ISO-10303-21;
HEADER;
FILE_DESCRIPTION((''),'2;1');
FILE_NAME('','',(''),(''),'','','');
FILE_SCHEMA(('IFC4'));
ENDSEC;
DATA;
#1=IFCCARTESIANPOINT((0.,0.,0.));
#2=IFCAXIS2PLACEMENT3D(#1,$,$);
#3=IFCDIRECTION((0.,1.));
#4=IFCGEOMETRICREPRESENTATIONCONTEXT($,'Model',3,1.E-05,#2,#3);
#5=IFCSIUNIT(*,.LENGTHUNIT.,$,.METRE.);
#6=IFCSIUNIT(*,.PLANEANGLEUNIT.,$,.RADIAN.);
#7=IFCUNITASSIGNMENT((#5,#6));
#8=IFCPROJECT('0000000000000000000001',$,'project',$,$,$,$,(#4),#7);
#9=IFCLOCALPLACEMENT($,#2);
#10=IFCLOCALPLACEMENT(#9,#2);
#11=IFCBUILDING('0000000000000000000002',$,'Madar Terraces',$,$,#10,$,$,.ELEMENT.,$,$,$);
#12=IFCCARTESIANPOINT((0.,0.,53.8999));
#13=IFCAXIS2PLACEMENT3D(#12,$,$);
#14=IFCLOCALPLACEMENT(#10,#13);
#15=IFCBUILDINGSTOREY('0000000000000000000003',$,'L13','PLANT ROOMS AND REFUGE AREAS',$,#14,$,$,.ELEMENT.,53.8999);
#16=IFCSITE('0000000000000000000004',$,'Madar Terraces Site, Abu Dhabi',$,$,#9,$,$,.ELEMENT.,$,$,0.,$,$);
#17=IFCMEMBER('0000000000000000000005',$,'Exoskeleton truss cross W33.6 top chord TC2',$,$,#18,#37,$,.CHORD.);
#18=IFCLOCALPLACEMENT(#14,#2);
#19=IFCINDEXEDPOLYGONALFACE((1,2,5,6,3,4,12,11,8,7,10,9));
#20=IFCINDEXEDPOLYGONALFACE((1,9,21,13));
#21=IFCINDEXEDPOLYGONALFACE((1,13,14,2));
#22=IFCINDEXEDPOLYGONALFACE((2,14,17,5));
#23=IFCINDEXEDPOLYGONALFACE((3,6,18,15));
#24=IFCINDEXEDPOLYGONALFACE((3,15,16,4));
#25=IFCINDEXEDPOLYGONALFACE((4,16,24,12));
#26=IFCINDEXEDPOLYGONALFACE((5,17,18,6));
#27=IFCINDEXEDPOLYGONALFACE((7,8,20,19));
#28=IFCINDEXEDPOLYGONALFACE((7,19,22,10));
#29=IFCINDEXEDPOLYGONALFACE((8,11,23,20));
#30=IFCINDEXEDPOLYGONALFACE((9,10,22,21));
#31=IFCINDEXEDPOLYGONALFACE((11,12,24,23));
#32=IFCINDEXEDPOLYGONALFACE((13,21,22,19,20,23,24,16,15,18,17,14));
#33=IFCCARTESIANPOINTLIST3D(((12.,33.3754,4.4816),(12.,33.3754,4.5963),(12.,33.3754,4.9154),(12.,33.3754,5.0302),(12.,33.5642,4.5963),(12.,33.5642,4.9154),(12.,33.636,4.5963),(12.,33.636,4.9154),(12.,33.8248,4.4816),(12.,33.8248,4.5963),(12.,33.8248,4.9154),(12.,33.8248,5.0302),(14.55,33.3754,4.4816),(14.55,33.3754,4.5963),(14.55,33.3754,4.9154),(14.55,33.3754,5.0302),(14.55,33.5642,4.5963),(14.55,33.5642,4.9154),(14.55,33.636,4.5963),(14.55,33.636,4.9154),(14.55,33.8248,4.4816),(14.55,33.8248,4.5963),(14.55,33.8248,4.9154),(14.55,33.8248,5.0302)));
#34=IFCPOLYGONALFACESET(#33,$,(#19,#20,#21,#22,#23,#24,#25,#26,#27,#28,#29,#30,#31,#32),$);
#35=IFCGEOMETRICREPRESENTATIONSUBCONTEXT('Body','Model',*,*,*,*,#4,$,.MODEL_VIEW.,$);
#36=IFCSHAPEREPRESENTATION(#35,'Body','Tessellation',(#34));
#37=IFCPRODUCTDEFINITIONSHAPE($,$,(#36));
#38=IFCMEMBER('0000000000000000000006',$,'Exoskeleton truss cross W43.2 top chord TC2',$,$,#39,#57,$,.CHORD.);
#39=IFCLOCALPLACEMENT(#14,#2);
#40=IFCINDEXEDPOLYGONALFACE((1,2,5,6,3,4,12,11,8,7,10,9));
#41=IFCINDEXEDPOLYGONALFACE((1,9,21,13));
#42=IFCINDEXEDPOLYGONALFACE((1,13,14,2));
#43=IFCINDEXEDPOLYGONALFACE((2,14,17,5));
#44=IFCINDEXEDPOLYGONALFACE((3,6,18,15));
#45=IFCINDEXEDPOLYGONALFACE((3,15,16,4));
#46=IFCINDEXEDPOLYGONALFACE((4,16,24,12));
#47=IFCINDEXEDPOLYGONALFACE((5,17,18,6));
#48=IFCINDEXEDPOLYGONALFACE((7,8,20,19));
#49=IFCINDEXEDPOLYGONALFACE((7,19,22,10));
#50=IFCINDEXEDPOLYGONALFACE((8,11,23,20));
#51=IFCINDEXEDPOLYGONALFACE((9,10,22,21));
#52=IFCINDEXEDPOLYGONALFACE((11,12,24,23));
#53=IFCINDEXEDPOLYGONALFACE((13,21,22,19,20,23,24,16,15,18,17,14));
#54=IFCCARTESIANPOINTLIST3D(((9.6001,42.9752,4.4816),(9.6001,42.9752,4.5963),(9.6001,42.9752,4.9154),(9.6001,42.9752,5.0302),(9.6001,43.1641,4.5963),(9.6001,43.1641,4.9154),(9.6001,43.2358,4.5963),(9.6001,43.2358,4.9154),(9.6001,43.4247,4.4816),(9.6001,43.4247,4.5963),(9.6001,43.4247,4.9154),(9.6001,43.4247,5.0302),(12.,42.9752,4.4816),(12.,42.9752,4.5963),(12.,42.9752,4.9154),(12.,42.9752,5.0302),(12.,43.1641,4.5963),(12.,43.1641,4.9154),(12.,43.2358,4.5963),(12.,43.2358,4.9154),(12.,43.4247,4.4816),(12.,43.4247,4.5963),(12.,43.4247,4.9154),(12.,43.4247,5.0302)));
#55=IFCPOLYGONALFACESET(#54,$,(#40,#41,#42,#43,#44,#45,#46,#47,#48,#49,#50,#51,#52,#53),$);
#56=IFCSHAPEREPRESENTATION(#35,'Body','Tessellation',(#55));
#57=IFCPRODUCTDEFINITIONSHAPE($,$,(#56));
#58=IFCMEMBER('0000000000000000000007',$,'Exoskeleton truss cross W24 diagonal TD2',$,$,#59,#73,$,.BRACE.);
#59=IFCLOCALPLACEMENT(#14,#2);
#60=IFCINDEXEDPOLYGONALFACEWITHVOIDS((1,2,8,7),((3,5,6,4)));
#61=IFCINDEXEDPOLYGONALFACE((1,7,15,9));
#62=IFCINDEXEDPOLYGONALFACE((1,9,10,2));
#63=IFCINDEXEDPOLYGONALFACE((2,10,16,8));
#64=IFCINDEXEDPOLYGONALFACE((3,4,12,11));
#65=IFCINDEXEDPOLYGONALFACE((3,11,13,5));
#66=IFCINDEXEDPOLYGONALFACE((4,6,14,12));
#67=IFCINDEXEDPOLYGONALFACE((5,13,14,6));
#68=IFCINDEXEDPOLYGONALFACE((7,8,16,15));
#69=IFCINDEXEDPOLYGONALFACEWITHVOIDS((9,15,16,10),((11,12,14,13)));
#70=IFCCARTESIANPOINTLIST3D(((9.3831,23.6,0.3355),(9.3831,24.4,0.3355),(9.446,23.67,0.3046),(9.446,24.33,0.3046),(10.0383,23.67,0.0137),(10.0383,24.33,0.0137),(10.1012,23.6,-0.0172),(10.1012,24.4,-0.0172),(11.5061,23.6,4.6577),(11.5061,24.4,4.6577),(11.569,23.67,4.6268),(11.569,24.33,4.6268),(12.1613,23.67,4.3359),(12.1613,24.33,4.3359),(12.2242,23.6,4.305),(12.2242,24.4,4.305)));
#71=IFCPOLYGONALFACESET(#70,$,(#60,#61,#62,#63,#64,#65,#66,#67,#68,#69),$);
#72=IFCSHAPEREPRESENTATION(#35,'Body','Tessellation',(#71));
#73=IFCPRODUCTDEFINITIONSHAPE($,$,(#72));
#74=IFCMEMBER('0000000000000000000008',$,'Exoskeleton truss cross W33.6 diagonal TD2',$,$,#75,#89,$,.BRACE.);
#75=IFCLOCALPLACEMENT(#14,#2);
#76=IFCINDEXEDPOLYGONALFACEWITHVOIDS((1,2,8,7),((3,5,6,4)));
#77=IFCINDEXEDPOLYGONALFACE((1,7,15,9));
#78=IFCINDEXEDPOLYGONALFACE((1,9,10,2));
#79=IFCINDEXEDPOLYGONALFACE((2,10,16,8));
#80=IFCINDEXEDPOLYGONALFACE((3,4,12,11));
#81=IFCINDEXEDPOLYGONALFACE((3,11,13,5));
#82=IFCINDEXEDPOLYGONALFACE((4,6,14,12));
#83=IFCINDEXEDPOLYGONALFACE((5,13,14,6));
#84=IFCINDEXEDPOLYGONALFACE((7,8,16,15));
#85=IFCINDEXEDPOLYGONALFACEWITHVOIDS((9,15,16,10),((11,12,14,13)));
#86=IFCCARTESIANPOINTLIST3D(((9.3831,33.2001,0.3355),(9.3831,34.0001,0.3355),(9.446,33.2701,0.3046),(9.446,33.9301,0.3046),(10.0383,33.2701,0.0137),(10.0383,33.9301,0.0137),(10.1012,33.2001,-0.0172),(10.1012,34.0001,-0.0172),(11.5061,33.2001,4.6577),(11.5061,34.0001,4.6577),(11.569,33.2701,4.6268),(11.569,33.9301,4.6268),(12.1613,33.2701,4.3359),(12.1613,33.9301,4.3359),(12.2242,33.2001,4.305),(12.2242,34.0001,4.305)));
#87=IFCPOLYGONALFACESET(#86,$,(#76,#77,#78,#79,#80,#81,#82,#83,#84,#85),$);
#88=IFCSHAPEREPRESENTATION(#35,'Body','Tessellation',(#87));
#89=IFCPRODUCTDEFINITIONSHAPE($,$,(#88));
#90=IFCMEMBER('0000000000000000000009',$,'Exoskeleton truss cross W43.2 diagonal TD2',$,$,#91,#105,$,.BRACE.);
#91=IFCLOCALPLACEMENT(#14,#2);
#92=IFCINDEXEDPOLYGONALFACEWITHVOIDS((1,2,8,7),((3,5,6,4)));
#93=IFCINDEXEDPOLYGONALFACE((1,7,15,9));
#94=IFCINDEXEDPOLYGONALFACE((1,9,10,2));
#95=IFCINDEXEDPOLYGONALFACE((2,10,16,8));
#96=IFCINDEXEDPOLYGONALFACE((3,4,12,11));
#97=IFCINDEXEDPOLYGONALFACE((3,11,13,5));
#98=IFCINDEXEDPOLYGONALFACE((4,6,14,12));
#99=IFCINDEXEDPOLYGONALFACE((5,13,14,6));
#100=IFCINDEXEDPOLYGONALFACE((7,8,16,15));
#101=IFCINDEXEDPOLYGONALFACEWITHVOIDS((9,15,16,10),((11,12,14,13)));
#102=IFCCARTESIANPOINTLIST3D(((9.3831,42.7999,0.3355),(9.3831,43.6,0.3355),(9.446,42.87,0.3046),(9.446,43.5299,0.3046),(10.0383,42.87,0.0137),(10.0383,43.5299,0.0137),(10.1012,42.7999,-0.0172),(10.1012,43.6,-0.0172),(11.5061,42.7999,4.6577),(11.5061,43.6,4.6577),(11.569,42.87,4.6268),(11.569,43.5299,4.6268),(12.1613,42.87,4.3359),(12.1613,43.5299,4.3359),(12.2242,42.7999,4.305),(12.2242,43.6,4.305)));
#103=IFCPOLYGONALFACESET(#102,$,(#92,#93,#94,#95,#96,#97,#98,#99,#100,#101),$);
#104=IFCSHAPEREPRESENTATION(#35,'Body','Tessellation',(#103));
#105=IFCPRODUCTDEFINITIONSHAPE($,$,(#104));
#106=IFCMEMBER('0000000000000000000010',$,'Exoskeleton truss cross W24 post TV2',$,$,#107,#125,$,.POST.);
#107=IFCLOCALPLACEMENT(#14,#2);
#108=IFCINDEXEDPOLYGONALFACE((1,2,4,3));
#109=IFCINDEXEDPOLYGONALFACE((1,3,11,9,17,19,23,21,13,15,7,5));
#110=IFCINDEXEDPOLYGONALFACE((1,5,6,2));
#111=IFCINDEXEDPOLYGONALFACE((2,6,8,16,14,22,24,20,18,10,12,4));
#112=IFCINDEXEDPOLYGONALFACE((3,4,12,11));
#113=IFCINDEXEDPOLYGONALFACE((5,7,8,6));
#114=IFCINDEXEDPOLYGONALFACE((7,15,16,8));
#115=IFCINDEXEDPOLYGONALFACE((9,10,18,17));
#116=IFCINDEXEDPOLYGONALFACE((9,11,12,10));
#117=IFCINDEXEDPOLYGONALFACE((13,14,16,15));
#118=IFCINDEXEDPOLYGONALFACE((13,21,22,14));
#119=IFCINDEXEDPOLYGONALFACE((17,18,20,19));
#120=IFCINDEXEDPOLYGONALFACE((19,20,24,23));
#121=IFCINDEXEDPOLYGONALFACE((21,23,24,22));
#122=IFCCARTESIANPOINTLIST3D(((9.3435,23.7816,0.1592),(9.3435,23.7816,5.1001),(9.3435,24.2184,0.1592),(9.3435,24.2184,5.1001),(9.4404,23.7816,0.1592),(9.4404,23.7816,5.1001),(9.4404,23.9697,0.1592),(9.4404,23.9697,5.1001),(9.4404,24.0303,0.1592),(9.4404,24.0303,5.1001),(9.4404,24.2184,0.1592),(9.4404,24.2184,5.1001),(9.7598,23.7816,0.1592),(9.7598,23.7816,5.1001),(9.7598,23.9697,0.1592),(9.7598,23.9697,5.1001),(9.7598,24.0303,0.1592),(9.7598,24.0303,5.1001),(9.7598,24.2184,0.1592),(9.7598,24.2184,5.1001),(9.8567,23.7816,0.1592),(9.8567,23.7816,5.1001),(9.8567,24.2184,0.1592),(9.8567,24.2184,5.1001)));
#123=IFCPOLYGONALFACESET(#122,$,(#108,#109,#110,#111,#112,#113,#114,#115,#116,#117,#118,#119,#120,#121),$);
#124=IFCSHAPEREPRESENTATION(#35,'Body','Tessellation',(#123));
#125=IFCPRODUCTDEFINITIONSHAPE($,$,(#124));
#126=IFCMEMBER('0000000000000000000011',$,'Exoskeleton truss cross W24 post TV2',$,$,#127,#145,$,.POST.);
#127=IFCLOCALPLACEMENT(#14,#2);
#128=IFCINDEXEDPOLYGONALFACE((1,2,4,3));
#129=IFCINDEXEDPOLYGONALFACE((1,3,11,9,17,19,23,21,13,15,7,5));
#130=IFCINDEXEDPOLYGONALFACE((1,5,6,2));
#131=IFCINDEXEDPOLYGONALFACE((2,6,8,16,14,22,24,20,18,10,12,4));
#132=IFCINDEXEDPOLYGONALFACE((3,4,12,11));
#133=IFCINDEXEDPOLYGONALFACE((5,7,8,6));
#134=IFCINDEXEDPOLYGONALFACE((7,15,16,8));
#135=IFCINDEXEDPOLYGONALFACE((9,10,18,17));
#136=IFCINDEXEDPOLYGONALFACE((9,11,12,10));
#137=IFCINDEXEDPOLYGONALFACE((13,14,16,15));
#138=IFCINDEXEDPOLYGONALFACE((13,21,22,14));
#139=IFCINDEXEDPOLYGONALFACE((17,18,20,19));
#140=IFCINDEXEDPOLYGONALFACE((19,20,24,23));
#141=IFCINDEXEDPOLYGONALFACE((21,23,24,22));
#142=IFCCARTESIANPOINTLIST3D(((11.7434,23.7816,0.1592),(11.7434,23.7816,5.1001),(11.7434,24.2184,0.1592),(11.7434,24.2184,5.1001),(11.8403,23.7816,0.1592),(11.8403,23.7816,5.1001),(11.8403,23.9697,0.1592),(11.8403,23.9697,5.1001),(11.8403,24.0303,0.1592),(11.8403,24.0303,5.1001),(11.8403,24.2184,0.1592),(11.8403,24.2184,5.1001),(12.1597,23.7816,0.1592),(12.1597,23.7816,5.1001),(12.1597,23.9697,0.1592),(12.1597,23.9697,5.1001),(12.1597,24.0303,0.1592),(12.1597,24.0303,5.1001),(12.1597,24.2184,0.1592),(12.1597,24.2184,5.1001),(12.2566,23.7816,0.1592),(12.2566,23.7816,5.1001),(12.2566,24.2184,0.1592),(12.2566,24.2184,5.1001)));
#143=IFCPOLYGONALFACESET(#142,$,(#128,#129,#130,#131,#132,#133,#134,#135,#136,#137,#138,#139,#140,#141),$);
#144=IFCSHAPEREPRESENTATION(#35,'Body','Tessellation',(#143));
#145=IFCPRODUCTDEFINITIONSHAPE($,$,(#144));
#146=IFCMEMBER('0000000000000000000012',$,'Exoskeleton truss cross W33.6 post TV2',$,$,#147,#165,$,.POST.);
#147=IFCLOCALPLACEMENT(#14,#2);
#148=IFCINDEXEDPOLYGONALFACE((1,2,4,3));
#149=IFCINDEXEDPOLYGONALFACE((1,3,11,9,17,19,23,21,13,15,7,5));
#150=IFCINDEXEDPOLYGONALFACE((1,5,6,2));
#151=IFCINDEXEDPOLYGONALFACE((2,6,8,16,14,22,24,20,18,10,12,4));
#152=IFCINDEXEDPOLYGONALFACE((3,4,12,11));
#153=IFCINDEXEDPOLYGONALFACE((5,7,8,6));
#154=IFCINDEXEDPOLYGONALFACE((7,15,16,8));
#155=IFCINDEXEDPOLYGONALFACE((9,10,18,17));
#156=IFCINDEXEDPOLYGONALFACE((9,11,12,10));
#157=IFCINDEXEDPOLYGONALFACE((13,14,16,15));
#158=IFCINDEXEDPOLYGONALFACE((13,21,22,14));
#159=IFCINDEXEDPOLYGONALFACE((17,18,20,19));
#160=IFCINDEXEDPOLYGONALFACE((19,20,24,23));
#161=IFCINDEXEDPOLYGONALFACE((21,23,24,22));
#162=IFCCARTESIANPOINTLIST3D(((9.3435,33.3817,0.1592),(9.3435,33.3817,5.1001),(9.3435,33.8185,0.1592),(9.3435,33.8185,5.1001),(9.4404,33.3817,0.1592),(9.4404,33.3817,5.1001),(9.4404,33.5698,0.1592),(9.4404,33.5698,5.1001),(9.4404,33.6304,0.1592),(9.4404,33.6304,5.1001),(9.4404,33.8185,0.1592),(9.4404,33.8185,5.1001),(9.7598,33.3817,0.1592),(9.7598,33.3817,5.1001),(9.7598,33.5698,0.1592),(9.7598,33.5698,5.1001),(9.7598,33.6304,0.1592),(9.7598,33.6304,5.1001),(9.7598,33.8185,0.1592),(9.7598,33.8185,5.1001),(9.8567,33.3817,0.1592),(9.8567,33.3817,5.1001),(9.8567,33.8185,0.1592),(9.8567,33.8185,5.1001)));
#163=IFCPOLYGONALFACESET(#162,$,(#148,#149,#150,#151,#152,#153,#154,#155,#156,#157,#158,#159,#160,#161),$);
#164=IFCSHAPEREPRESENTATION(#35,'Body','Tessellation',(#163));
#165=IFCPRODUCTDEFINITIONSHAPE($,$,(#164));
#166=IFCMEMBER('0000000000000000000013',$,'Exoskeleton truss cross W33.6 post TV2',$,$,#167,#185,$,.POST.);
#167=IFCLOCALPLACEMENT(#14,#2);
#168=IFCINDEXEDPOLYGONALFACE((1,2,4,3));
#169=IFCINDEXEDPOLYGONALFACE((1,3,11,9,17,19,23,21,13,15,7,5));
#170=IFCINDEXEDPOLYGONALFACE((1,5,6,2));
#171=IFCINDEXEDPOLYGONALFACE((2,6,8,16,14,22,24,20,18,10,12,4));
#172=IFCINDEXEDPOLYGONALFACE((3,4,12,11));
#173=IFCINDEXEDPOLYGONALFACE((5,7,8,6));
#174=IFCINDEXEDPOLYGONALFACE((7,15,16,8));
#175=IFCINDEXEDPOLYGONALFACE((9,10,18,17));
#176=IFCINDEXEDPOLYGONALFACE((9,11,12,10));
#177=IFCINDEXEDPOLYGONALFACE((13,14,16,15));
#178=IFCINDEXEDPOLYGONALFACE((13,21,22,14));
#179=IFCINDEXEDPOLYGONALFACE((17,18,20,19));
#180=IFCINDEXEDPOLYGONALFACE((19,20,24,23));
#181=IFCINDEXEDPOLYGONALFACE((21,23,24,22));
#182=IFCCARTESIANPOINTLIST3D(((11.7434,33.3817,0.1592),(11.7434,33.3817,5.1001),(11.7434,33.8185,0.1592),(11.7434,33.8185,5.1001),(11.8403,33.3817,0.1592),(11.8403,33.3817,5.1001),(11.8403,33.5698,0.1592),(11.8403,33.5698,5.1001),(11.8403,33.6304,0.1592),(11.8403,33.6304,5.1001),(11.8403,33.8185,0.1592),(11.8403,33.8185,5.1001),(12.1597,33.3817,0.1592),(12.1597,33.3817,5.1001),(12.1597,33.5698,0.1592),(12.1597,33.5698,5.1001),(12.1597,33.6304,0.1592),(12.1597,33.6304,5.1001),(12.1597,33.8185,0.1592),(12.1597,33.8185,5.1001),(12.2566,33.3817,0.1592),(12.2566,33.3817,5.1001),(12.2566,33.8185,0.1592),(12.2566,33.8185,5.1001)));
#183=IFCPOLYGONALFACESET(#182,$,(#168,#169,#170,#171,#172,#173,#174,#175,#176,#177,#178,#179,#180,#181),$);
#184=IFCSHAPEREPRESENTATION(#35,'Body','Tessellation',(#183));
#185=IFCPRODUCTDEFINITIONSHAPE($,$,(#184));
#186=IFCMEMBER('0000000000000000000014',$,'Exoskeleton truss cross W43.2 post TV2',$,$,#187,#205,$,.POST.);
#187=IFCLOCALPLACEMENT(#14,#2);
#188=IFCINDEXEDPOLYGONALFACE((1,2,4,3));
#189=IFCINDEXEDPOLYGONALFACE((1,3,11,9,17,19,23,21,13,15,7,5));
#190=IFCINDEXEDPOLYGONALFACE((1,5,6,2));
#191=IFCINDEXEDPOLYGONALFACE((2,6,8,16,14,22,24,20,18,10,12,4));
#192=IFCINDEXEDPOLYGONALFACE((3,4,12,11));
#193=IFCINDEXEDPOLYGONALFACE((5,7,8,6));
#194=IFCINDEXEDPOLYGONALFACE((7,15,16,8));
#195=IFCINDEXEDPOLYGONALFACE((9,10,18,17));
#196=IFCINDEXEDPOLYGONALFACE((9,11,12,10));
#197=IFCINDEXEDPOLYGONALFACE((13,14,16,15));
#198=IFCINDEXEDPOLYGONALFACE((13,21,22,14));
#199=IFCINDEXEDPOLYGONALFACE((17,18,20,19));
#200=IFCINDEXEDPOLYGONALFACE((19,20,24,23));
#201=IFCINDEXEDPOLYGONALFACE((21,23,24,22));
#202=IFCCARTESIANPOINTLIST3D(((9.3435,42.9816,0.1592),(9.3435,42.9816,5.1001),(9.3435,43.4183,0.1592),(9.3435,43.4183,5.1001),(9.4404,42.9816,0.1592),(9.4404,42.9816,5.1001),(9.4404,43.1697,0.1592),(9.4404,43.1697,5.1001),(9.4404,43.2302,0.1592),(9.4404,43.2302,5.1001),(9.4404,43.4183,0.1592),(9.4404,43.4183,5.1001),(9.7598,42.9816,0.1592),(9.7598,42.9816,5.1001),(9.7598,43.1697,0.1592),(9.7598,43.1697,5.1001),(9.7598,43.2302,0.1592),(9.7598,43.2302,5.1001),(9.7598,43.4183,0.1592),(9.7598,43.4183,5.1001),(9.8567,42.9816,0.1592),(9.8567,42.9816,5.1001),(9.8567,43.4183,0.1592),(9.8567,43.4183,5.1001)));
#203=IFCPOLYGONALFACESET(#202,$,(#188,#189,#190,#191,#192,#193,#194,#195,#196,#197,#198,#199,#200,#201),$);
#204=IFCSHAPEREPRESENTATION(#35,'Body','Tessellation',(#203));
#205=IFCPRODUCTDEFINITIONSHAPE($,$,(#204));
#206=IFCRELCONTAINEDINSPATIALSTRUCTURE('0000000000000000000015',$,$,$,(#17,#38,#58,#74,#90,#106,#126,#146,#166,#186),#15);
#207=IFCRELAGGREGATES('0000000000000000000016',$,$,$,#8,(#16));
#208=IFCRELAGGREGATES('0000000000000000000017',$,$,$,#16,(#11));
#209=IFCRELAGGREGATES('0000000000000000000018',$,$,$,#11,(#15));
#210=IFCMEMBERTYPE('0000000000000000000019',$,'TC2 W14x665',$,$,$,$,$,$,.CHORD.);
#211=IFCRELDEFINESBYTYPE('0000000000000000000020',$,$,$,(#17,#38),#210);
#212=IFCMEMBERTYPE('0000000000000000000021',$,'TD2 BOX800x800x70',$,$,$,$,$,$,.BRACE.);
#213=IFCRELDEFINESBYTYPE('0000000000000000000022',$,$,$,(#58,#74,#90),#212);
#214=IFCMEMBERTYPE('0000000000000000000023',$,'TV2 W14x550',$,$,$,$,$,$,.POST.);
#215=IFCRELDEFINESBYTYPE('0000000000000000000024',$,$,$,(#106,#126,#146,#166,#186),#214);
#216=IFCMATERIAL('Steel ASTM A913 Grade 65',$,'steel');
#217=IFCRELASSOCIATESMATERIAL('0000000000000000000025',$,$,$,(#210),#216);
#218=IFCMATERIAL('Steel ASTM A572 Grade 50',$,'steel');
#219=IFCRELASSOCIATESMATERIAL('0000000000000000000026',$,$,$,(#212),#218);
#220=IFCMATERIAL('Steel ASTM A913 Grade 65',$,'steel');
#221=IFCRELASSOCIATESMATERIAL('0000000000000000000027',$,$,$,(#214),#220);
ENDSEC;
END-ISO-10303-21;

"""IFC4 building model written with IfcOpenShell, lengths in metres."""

from ifc_helpers import new_model, si_unit, direction, frame, origin, origin_2d, place, context, subcontext, project, spatial, hollow_rectangle, i_section, extrude, material, material_profile, profile_set, type_object, element, save


model = new_model("IFC4")

# Units and contexts
model_context = context("Model", 3, precision=1e-05, world=origin(), true_north=direction((0.0, 1.0)))
body_context = subcontext(model_context, "Body", "Model", "MODEL_VIEW")
ifc_project = project(units=[si_unit("LENGTHUNIT", "METRE"), si_unit("PLANEANGLEUNIT", "RADIAN")], contexts=[model_context])

# Site, building, storey
site_placement = place(None, origin())
site = spatial("IfcSite", under=ifc_project, at=site_placement, Name="Madar Terraces Site, Abu Dhabi", CompositionType="ELEMENT", RefElevation=0.0)
building_placement = place(site_placement, origin())
building = spatial("IfcBuilding", under=site, at=building_placement, Name="Madar Terraces", CompositionType="ELEMENT")
storey_placement = place(building_placement, frame((0.0, 0.0, 53.8999)))
storey = spatial("IfcBuildingStorey", under=building, at=storey_placement, Name="L13", Description="PLANT ROOMS AND REFUGE AREAS", CompositionType="ELEMENT", Elevation=53.8999)

# Members
ifc_material_1 = material(Name="Steel ASTM A913 Grade 65", Category="steel")
ifc_material_profile_1 = material_profile(ifc_material_1, i_section(OverallWidth=0.4495, OverallDepth=0.5486, WebThickness=0.0718, FlangeThickness=0.1147, at=origin_2d()), Name="W14x665")
ifc_profile_set_1 = profile_set([ifc_material_profile_1], Name="Steel ASTM A913 Grade 65")
member_type_1 = type_object("IfcMemberType", Name="TC2 W14x665", PredefinedType="CHORD", material=ifc_profile_set_1)
member_1_placement = place(storey_placement, frame((12.0, 33.6001, 4.7559), z_axis=(1.0, 0.0, 0.0), x_axis=(0.0, 1.0, 0.0)))
element("IfcMember", 1, at=member_1_placement, inside=storey, type_object=member_type_1, Name="Exoskeleton truss cross W33.6 top chord TC2", PredefinedType="CHORD", context=body_context, shape_type="SweptSolid", body=[
    extrude(i_section(OverallWidth=0.4495, OverallDepth=0.5486, WebThickness=0.0718, FlangeThickness=0.1147, at=origin_2d()), origin(), (0.0, 0.0, 1.0), 2.55),
])
member_2_placement = place(storey_placement, frame((9.6001, 43.2, 4.7559), z_axis=(1.0, 0.0, 0.0), x_axis=(0.0, 1.0, 0.0)))
element("IfcMember", 2, at=member_2_placement, inside=storey, type_object=member_type_1, Name="Exoskeleton truss cross W43.2 top chord TC2", PredefinedType="CHORD", context=body_context, shape_type="SweptSolid", body=[
    extrude(i_section(OverallWidth=0.4495, OverallDepth=0.5486, WebThickness=0.0718, FlangeThickness=0.1147, at=origin_2d()), origin(), (0.0, 0.0, 1.0), 2.3999),
])
ifc_material_2 = material(Name="Steel ASTM A572 Grade 50", Category="steel")
ifc_material_profile_2 = material_profile(ifc_material_2, hollow_rectangle(XDim=0.8, YDim=0.8, WallThickness=0.0701, at=origin_2d()), Name="BOX800x800x70")
ifc_profile_set_2 = profile_set([ifc_material_profile_2], Name="Steel ASTM A572 Grade 50")
member_type_2 = type_object("IfcMemberType", Name="TD2 BOX800x800x70", PredefinedType="BRACE", material=ifc_profile_set_2)
for number, where, z_axis, x_axis, name in (
    (3, (9.7422, 24.0, 0.1592), (0.440875, 0.0, 0.897568), (0.0, 1.0, 0.0), "Exoskeleton truss cross W24 diagonal TD2"),
    (4, (9.7422, 33.6001, 0.1592), (0.440875, 0.0, 0.897568), (0.0, 1.0, 0.0), "Exoskeleton truss cross W33.6 diagonal TD2"),
    (5, (9.7422, 43.2, 0.1592), (0.440875, 0.0, 0.897568), (0.0, 1.0, 0.0), "Exoskeleton truss cross W43.2 diagonal TD2"),
):
    element("IfcMember", number, at=place(storey_placement, frame(where, z_axis=z_axis, x_axis=x_axis)), inside=storey, type_object=member_type_2, Name=name, PredefinedType="BRACE", context=body_context, shape_type="SweptSolid", body=[
        extrude(hollow_rectangle(XDim=0.8, YDim=0.8, WallThickness=0.0701, at=origin_2d()), origin(), (0.0, 0.0, 1.0), 4.8154),
    ])
ifc_material_3 = material(Name="Steel ASTM A913 Grade 65", Category="steel")
ifc_material_profile_3 = material_profile(ifc_material_3, i_section(OverallWidth=0.4368, OverallDepth=0.5132, WebThickness=0.0605, FlangeThickness=0.0969, at=origin_2d()), Name="W14x550")
ifc_profile_set_3 = profile_set([ifc_material_profile_3], Name="Steel ASTM A913 Grade 65")
member_type_3 = type_object("IfcMemberType", Name="TV2 W14x550", PredefinedType="POST", material=ifc_profile_set_3)
for number, where, z_axis, x_axis, name in (
    (6, (9.6001, 24.0, 0.1592), (0.0, 0.0, 1.0), (0.0, 1.0, 0.0), "Exoskeleton truss cross W24 post TV2"),
    (7, (12.0, 24.0, 0.1592), (0.0, 0.0, 1.0), (0.0, 1.0, 0.0), "Exoskeleton truss cross W24 post TV2"),
    (8, (9.6001, 33.6001, 0.1592), (0.0, 0.0, 1.0), (0.0, 1.0, 0.0), "Exoskeleton truss cross W33.6 post TV2"),
    (9, (12.0, 33.6001, 0.1592), (0.0, 0.0, 1.0), (0.0, 1.0, 0.0), "Exoskeleton truss cross W33.6 post TV2"),
    (10, (9.6001, 43.2, 0.1592), (0.0, 0.0, 1.0), (0.0, 1.0, 0.0), "Exoskeleton truss cross W43.2 post TV2"),
):
    element("IfcMember", number, at=place(storey_placement, frame(where, z_axis=z_axis, x_axis=x_axis)), inside=storey, type_object=member_type_3, Name=name, PredefinedType="POST", context=body_context, shape_type="SweptSolid", body=[
        extrude(i_section(OverallWidth=0.4368, OverallDepth=0.5132, WebThickness=0.0605, FlangeThickness=0.0969, at=origin_2d()), origin(), (0.0, 0.0, 1.0), 4.9409),
    ])

save(model, "model.ifc")
